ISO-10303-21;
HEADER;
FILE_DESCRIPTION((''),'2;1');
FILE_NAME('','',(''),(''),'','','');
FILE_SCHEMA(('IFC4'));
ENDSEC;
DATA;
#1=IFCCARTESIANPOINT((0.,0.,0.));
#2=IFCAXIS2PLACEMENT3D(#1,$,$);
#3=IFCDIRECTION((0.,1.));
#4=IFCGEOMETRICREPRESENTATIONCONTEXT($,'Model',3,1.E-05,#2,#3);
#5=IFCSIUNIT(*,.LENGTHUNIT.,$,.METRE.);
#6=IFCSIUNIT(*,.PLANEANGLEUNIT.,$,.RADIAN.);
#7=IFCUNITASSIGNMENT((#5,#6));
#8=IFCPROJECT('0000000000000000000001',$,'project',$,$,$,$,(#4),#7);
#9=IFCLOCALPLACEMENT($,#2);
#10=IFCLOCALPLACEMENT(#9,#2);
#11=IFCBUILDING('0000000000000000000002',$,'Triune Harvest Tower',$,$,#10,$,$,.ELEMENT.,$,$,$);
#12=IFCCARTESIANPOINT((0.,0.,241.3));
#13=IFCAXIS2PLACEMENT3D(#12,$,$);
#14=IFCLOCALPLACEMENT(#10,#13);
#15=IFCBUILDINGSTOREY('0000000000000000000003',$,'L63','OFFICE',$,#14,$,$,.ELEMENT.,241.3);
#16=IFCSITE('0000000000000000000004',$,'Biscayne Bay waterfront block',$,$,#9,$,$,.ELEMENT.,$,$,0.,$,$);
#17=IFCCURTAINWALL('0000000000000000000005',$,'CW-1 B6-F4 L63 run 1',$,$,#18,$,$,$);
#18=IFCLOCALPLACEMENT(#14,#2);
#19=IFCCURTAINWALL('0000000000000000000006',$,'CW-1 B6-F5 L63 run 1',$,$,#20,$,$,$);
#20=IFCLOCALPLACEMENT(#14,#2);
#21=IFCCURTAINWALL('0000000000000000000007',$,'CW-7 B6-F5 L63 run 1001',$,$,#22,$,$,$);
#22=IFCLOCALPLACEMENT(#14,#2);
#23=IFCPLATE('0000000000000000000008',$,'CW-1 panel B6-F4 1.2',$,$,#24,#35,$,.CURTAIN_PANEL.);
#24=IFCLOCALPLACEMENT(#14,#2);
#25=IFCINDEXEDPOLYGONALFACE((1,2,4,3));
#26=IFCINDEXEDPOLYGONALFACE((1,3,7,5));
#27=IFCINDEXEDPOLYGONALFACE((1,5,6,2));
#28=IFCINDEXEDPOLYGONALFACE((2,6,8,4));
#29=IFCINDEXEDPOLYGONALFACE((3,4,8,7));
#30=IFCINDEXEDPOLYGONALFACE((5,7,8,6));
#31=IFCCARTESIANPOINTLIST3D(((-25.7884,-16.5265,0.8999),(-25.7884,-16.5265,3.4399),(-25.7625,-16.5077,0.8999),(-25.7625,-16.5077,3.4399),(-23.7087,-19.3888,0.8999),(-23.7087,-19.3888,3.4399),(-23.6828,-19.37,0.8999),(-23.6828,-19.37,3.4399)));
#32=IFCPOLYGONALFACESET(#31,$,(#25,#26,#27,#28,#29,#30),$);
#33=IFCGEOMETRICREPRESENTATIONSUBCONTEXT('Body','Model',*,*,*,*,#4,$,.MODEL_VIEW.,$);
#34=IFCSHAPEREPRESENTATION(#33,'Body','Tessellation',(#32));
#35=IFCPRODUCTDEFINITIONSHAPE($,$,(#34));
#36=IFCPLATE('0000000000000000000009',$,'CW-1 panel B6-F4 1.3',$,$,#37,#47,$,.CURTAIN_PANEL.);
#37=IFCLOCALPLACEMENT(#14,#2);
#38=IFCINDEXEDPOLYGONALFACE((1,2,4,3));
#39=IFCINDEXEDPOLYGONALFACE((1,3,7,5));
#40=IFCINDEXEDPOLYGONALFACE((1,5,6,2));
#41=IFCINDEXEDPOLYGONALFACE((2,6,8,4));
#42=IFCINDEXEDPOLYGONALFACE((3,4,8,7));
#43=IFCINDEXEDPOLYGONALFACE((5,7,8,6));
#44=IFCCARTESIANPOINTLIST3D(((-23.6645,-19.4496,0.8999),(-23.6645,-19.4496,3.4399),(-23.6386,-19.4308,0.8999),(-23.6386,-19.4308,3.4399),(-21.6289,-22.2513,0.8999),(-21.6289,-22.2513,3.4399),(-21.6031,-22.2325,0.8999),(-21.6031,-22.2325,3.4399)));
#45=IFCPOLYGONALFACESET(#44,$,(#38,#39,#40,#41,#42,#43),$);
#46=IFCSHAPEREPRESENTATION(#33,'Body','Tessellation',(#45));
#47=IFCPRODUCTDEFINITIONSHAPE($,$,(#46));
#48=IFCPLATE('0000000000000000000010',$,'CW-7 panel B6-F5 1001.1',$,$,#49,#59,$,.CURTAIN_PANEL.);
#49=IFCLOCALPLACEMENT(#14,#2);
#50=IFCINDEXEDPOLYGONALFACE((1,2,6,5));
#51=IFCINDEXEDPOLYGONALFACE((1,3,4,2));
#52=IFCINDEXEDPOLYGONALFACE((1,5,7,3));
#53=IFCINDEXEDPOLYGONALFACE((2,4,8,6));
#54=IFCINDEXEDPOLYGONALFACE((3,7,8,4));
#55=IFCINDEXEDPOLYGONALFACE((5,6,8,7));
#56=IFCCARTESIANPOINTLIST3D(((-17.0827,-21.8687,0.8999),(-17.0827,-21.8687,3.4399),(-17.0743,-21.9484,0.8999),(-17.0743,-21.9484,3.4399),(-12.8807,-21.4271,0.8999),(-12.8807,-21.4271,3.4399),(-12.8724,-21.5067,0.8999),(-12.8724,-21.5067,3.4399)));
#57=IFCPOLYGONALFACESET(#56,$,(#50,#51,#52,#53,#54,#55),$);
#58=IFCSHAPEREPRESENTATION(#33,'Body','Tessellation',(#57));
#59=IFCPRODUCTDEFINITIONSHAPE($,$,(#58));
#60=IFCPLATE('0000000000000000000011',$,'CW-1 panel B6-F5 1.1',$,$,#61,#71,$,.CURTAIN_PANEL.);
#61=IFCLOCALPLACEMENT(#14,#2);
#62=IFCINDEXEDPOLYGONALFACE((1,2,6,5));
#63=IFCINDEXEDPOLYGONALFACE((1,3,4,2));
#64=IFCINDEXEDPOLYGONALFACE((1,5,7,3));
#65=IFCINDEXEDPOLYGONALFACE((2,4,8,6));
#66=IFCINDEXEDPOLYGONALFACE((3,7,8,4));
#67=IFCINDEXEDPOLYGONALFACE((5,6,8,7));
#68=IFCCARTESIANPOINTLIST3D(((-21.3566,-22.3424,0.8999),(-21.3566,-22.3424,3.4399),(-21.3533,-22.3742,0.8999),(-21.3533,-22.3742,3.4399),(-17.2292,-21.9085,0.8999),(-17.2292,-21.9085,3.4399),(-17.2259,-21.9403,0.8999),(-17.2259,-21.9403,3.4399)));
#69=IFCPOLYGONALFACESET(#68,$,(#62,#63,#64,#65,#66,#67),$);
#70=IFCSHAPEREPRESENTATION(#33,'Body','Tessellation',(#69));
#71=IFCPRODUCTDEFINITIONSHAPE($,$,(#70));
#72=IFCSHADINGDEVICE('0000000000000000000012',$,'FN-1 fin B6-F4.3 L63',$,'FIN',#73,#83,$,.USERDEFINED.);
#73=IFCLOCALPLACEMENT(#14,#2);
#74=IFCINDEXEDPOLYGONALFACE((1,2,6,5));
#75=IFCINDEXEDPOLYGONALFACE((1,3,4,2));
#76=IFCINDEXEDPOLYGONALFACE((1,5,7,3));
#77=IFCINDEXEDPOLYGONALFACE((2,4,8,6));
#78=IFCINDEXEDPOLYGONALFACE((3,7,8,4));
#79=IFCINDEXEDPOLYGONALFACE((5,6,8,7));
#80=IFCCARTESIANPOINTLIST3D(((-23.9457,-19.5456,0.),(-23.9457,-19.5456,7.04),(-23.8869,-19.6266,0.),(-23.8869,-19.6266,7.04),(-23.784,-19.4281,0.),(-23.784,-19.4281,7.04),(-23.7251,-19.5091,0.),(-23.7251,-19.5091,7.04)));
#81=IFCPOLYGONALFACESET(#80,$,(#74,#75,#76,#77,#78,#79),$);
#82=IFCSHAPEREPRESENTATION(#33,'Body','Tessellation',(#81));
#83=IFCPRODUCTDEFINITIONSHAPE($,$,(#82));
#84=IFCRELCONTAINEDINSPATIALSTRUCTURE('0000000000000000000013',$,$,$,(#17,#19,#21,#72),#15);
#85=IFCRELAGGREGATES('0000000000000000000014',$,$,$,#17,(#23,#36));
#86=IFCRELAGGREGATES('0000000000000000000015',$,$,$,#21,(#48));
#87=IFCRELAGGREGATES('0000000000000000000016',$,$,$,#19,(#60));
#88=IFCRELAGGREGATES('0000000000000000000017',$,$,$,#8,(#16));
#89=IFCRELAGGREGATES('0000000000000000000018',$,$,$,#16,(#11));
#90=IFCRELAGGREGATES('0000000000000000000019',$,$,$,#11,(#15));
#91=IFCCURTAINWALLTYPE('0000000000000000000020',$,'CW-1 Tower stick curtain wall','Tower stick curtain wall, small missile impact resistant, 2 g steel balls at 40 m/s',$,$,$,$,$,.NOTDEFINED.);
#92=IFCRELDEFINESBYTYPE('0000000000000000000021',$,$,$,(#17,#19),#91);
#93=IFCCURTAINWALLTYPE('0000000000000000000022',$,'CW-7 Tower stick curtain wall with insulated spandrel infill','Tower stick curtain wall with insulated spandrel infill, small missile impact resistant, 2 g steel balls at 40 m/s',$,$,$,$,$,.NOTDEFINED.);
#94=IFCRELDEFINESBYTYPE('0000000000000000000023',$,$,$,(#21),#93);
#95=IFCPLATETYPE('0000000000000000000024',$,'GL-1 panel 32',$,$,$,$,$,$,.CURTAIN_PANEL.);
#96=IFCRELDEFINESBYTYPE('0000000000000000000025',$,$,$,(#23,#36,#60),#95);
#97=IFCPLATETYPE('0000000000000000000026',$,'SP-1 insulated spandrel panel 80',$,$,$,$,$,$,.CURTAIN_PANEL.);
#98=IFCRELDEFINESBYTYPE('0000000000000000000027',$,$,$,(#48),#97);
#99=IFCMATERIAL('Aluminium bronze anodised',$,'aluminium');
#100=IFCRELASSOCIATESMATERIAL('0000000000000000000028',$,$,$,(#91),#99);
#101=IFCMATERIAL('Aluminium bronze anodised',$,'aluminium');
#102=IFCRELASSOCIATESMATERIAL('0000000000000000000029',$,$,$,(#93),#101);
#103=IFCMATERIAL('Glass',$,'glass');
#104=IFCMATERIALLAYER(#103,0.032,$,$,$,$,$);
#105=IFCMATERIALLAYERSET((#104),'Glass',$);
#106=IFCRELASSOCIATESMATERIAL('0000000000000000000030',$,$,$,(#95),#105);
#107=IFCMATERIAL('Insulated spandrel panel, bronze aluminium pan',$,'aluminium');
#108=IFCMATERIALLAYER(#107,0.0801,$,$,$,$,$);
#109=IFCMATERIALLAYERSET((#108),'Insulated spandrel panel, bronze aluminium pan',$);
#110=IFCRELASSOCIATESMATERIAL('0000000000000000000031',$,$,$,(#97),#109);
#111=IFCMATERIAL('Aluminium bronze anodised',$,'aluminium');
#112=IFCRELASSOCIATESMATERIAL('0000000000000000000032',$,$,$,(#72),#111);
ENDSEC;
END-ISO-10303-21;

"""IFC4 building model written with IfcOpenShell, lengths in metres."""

from ifc_helpers import new_model, si_unit, direction, frame, origin, origin_2d, place, context, subcontext, project, spatial, rectangle, extrude, source, transform, mapped, material, layer, layer_set, type_object, element, aggregate, save


model = new_model("IFC4")

# Units and contexts
model_context = context("Model", 3, precision=1e-05, world=origin(), true_north=direction((0.0, 1.0)))
body_context = subcontext(model_context, "Body", "Model", "MODEL_VIEW")
ifc_project = project(units=[si_unit("LENGTHUNIT", "METRE"), si_unit("PLANEANGLEUNIT", "RADIAN")], contexts=[model_context])

# Site, building, storey
site_placement = place(None, origin())
site = spatial("IfcSite", under=ifc_project, at=site_placement, Name="Biscayne Bay waterfront block", CompositionType="ELEMENT", RefElevation=0.0)
building_placement = place(site_placement, origin())
building = spatial("IfcBuilding", under=site, at=building_placement, Name="Triune Harvest Tower", CompositionType="ELEMENT")
storey_placement = place(building_placement, frame((0.0, 0.0, 241.3)))
storey = spatial("IfcBuildingStorey", under=building, at=storey_placement, Name="L63", Description="OFFICE", CompositionType="ELEMENT", Elevation=241.3)

# Curtain walls
ifc_material_1 = material(Name="Aluminium bronze anodised", Category="aluminium")
curtain_wall_type_1 = type_object("IfcCurtainWallType", Name="CW-1 Tower stick curtain wall", Description="Tower stick curtain wall, small missile impact resistant, 2 g steel balls at 40 m/s", PredefinedType="NOTDEFINED", material=ifc_material_1)
curtain_wall_1_placement = place(storey_placement, origin())
curtain_wall_1 = element("IfcCurtainWall", 1, at=curtain_wall_1_placement, inside=storey, type_object=curtain_wall_type_1, Name="CW-1 B6-F4 L63 run 1")
curtain_wall_2_placement = place(storey_placement, origin())
curtain_wall_2 = element("IfcCurtainWall", 2, at=curtain_wall_2_placement, inside=storey, type_object=curtain_wall_type_1, Name="CW-1 B6-F5 L63 run 1")

# Curtain wall
ifc_material_2 = material(Name="Aluminium bronze anodised", Category="aluminium")
curtain_wall_type_2 = type_object("IfcCurtainWallType", Name="CW-7 Tower stick curtain wall with insulated spandrel infill", Description="Tower stick curtain wall with insulated spandrel infill, small missile impact resistant, 2 g steel balls at 40 m/s", PredefinedType="NOTDEFINED", material=ifc_material_2)
curtain_wall_3_placement = place(storey_placement, origin())
curtain_wall_3 = element("IfcCurtainWall", 3, at=curtain_wall_3_placement, inside=storey, type_object=curtain_wall_type_2, Name="CW-7 B6-F5 L63 run 1001")

# Plates
ifc_material_3 = material(Name="Glass", Category="glass")
ifc_layer_1 = layer(ifc_material_3, 0.032)
ifc_layer_set_1 = layer_set([ifc_layer_1], Name="Glass")
plate_type_1 = type_object("IfcPlateType", Name="GL-1 panel 32", PredefinedType="CURTAIN_PANEL", material=ifc_layer_set_1)
shared_shape_1 = source(origin(), body_context, "Body", "SweptSolid", [
    extrude(rectangle(XDim=3.5381, YDim=0.032, at=origin_2d()), origin(), (0.0, 0.0, 1.0), 2.54),
])
plate_1_placement = place(storey_placement, frame((-24.7356, -17.9482, 0.8999), z_axis=(0.0, 0.0, 1.0), x_axis=(0.587789, -0.809014, 0.0)))
plate_1 = element("IfcPlate", 4, at=plate_1_placement, type_object=plate_type_1, Name="CW-1 panel B6-F4 1.2", PredefinedType="CURTAIN_PANEL", context=body_context, shape_type="MappedRepresentation", body=[
    mapped(shared_shape_1, transform((0.0, 0.0, 0.0), scale=1.0)),
])
shared_shape_2 = source(origin(), body_context, "Body", "SweptSolid", [
    extrude(rectangle(XDim=3.4631, YDim=0.032, at=origin_2d()), origin(), (0.0, 0.0, 1.0), 2.54),
])
plate_2_placement = place(storey_placement, frame((-22.6338, -20.8411, 0.8999), z_axis=(0.0, 0.0, 1.0), x_axis=(0.587789, -0.809014, 0.0)))
plate_2 = element("IfcPlate", 5, at=plate_2_placement, type_object=plate_type_1, Name="CW-1 panel B6-F4 1.3", PredefinedType="CURTAIN_PANEL", context=body_context, shape_type="MappedRepresentation", body=[
    mapped(shared_shape_2, transform((0.0, 0.0, 0.0), scale=1.0)),
])
aggregate(curtain_wall_1, [plate_1, plate_2])
ifc_material_4 = material(Name="Insulated spandrel panel, bronze aluminium pan", Category="aluminium")
ifc_layer_2 = layer(ifc_material_4, 0.0801)
ifc_layer_set_2 = layer_set([ifc_layer_2], Name="Insulated spandrel panel, bronze aluminium pan")
plate_type_2 = type_object("IfcPlateType", Name="SP-1 insulated spandrel panel 80", PredefinedType="CURTAIN_PANEL", material=ifc_layer_set_2)
shared_shape_3 = source(origin(), body_context, "Body", "SweptSolid", [
    extrude(rectangle(XDim=4.2251, YDim=0.0801, at=origin_2d()), origin(), (0.0, 0.0, 1.0), 2.54),
])
plate_3_placement = place(storey_placement, frame((-14.9775, -21.6877, 0.8999), z_axis=(0.0, 0.0, 1.0), x_axis=(0.994522, 0.104527, 0.0)))
plate_3 = element("IfcPlate", 6, at=plate_3_placement, type_object=plate_type_2, Name="CW-7 panel B6-F5 1001.1", PredefinedType="CURTAIN_PANEL", context=body_context, shape_type="MappedRepresentation", body=[
    mapped(shared_shape_3, transform((0.0, 0.0, 0.0), scale=1.0)),
])
aggregate(curtain_wall_3, [plate_3])
shared_shape_4 = source(origin(), body_context, "Body", "SweptSolid", [
    extrude(rectangle(XDim=4.1501, YDim=0.032, at=origin_2d()), origin(), (0.0, 0.0, 1.0), 2.54),
])
plate_4_placement = place(storey_placement, frame((-19.2913, -22.1414, 0.8999), z_axis=(0.0, 0.0, 1.0), x_axis=(0.994522, 0.104532, 0.0)))
plate_4 = element("IfcPlate", 7, at=plate_4_placement, type_object=plate_type_1, Name="CW-1 panel B6-F5 1.1", PredefinedType="CURTAIN_PANEL", context=body_context, shape_type="MappedRepresentation", body=[
    mapped(shared_shape_4, transform((0.0, 0.0, 0.0), scale=1.0)),
])
aggregate(curtain_wall_2, [plate_4])

# Shading device
ifc_material_5 = material(Name="Aluminium bronze anodised", Category="aluminium")
shared_shape_5 = source(origin(), body_context, "Body", "SweptSolid", [
    extrude(rectangle(XDim=0.1001, YDim=0.2, at=origin_2d()), origin(), (0.0, 0.0, 1.0), 7.04),
])
shading_device_placement = place(storey_placement, frame((-23.8354, -19.5273, 0.0), z_axis=(0.0, 0.0, 1.0), x_axis=(0.587789, -0.809014, 0.0)))
element("IfcShadingDevice", 8, at=shading_device_placement, inside=storey, material=ifc_material_5, Name="FN-1 fin B6-F4.3 L63", ObjectType="FIN", PredefinedType="USERDEFINED", context=body_context, shape_type="MappedRepresentation", body=[
    mapped(shared_shape_5, transform((0.0, 0.0, 0.0), scale=1.0)),
])

save(model, "model.ifc")
